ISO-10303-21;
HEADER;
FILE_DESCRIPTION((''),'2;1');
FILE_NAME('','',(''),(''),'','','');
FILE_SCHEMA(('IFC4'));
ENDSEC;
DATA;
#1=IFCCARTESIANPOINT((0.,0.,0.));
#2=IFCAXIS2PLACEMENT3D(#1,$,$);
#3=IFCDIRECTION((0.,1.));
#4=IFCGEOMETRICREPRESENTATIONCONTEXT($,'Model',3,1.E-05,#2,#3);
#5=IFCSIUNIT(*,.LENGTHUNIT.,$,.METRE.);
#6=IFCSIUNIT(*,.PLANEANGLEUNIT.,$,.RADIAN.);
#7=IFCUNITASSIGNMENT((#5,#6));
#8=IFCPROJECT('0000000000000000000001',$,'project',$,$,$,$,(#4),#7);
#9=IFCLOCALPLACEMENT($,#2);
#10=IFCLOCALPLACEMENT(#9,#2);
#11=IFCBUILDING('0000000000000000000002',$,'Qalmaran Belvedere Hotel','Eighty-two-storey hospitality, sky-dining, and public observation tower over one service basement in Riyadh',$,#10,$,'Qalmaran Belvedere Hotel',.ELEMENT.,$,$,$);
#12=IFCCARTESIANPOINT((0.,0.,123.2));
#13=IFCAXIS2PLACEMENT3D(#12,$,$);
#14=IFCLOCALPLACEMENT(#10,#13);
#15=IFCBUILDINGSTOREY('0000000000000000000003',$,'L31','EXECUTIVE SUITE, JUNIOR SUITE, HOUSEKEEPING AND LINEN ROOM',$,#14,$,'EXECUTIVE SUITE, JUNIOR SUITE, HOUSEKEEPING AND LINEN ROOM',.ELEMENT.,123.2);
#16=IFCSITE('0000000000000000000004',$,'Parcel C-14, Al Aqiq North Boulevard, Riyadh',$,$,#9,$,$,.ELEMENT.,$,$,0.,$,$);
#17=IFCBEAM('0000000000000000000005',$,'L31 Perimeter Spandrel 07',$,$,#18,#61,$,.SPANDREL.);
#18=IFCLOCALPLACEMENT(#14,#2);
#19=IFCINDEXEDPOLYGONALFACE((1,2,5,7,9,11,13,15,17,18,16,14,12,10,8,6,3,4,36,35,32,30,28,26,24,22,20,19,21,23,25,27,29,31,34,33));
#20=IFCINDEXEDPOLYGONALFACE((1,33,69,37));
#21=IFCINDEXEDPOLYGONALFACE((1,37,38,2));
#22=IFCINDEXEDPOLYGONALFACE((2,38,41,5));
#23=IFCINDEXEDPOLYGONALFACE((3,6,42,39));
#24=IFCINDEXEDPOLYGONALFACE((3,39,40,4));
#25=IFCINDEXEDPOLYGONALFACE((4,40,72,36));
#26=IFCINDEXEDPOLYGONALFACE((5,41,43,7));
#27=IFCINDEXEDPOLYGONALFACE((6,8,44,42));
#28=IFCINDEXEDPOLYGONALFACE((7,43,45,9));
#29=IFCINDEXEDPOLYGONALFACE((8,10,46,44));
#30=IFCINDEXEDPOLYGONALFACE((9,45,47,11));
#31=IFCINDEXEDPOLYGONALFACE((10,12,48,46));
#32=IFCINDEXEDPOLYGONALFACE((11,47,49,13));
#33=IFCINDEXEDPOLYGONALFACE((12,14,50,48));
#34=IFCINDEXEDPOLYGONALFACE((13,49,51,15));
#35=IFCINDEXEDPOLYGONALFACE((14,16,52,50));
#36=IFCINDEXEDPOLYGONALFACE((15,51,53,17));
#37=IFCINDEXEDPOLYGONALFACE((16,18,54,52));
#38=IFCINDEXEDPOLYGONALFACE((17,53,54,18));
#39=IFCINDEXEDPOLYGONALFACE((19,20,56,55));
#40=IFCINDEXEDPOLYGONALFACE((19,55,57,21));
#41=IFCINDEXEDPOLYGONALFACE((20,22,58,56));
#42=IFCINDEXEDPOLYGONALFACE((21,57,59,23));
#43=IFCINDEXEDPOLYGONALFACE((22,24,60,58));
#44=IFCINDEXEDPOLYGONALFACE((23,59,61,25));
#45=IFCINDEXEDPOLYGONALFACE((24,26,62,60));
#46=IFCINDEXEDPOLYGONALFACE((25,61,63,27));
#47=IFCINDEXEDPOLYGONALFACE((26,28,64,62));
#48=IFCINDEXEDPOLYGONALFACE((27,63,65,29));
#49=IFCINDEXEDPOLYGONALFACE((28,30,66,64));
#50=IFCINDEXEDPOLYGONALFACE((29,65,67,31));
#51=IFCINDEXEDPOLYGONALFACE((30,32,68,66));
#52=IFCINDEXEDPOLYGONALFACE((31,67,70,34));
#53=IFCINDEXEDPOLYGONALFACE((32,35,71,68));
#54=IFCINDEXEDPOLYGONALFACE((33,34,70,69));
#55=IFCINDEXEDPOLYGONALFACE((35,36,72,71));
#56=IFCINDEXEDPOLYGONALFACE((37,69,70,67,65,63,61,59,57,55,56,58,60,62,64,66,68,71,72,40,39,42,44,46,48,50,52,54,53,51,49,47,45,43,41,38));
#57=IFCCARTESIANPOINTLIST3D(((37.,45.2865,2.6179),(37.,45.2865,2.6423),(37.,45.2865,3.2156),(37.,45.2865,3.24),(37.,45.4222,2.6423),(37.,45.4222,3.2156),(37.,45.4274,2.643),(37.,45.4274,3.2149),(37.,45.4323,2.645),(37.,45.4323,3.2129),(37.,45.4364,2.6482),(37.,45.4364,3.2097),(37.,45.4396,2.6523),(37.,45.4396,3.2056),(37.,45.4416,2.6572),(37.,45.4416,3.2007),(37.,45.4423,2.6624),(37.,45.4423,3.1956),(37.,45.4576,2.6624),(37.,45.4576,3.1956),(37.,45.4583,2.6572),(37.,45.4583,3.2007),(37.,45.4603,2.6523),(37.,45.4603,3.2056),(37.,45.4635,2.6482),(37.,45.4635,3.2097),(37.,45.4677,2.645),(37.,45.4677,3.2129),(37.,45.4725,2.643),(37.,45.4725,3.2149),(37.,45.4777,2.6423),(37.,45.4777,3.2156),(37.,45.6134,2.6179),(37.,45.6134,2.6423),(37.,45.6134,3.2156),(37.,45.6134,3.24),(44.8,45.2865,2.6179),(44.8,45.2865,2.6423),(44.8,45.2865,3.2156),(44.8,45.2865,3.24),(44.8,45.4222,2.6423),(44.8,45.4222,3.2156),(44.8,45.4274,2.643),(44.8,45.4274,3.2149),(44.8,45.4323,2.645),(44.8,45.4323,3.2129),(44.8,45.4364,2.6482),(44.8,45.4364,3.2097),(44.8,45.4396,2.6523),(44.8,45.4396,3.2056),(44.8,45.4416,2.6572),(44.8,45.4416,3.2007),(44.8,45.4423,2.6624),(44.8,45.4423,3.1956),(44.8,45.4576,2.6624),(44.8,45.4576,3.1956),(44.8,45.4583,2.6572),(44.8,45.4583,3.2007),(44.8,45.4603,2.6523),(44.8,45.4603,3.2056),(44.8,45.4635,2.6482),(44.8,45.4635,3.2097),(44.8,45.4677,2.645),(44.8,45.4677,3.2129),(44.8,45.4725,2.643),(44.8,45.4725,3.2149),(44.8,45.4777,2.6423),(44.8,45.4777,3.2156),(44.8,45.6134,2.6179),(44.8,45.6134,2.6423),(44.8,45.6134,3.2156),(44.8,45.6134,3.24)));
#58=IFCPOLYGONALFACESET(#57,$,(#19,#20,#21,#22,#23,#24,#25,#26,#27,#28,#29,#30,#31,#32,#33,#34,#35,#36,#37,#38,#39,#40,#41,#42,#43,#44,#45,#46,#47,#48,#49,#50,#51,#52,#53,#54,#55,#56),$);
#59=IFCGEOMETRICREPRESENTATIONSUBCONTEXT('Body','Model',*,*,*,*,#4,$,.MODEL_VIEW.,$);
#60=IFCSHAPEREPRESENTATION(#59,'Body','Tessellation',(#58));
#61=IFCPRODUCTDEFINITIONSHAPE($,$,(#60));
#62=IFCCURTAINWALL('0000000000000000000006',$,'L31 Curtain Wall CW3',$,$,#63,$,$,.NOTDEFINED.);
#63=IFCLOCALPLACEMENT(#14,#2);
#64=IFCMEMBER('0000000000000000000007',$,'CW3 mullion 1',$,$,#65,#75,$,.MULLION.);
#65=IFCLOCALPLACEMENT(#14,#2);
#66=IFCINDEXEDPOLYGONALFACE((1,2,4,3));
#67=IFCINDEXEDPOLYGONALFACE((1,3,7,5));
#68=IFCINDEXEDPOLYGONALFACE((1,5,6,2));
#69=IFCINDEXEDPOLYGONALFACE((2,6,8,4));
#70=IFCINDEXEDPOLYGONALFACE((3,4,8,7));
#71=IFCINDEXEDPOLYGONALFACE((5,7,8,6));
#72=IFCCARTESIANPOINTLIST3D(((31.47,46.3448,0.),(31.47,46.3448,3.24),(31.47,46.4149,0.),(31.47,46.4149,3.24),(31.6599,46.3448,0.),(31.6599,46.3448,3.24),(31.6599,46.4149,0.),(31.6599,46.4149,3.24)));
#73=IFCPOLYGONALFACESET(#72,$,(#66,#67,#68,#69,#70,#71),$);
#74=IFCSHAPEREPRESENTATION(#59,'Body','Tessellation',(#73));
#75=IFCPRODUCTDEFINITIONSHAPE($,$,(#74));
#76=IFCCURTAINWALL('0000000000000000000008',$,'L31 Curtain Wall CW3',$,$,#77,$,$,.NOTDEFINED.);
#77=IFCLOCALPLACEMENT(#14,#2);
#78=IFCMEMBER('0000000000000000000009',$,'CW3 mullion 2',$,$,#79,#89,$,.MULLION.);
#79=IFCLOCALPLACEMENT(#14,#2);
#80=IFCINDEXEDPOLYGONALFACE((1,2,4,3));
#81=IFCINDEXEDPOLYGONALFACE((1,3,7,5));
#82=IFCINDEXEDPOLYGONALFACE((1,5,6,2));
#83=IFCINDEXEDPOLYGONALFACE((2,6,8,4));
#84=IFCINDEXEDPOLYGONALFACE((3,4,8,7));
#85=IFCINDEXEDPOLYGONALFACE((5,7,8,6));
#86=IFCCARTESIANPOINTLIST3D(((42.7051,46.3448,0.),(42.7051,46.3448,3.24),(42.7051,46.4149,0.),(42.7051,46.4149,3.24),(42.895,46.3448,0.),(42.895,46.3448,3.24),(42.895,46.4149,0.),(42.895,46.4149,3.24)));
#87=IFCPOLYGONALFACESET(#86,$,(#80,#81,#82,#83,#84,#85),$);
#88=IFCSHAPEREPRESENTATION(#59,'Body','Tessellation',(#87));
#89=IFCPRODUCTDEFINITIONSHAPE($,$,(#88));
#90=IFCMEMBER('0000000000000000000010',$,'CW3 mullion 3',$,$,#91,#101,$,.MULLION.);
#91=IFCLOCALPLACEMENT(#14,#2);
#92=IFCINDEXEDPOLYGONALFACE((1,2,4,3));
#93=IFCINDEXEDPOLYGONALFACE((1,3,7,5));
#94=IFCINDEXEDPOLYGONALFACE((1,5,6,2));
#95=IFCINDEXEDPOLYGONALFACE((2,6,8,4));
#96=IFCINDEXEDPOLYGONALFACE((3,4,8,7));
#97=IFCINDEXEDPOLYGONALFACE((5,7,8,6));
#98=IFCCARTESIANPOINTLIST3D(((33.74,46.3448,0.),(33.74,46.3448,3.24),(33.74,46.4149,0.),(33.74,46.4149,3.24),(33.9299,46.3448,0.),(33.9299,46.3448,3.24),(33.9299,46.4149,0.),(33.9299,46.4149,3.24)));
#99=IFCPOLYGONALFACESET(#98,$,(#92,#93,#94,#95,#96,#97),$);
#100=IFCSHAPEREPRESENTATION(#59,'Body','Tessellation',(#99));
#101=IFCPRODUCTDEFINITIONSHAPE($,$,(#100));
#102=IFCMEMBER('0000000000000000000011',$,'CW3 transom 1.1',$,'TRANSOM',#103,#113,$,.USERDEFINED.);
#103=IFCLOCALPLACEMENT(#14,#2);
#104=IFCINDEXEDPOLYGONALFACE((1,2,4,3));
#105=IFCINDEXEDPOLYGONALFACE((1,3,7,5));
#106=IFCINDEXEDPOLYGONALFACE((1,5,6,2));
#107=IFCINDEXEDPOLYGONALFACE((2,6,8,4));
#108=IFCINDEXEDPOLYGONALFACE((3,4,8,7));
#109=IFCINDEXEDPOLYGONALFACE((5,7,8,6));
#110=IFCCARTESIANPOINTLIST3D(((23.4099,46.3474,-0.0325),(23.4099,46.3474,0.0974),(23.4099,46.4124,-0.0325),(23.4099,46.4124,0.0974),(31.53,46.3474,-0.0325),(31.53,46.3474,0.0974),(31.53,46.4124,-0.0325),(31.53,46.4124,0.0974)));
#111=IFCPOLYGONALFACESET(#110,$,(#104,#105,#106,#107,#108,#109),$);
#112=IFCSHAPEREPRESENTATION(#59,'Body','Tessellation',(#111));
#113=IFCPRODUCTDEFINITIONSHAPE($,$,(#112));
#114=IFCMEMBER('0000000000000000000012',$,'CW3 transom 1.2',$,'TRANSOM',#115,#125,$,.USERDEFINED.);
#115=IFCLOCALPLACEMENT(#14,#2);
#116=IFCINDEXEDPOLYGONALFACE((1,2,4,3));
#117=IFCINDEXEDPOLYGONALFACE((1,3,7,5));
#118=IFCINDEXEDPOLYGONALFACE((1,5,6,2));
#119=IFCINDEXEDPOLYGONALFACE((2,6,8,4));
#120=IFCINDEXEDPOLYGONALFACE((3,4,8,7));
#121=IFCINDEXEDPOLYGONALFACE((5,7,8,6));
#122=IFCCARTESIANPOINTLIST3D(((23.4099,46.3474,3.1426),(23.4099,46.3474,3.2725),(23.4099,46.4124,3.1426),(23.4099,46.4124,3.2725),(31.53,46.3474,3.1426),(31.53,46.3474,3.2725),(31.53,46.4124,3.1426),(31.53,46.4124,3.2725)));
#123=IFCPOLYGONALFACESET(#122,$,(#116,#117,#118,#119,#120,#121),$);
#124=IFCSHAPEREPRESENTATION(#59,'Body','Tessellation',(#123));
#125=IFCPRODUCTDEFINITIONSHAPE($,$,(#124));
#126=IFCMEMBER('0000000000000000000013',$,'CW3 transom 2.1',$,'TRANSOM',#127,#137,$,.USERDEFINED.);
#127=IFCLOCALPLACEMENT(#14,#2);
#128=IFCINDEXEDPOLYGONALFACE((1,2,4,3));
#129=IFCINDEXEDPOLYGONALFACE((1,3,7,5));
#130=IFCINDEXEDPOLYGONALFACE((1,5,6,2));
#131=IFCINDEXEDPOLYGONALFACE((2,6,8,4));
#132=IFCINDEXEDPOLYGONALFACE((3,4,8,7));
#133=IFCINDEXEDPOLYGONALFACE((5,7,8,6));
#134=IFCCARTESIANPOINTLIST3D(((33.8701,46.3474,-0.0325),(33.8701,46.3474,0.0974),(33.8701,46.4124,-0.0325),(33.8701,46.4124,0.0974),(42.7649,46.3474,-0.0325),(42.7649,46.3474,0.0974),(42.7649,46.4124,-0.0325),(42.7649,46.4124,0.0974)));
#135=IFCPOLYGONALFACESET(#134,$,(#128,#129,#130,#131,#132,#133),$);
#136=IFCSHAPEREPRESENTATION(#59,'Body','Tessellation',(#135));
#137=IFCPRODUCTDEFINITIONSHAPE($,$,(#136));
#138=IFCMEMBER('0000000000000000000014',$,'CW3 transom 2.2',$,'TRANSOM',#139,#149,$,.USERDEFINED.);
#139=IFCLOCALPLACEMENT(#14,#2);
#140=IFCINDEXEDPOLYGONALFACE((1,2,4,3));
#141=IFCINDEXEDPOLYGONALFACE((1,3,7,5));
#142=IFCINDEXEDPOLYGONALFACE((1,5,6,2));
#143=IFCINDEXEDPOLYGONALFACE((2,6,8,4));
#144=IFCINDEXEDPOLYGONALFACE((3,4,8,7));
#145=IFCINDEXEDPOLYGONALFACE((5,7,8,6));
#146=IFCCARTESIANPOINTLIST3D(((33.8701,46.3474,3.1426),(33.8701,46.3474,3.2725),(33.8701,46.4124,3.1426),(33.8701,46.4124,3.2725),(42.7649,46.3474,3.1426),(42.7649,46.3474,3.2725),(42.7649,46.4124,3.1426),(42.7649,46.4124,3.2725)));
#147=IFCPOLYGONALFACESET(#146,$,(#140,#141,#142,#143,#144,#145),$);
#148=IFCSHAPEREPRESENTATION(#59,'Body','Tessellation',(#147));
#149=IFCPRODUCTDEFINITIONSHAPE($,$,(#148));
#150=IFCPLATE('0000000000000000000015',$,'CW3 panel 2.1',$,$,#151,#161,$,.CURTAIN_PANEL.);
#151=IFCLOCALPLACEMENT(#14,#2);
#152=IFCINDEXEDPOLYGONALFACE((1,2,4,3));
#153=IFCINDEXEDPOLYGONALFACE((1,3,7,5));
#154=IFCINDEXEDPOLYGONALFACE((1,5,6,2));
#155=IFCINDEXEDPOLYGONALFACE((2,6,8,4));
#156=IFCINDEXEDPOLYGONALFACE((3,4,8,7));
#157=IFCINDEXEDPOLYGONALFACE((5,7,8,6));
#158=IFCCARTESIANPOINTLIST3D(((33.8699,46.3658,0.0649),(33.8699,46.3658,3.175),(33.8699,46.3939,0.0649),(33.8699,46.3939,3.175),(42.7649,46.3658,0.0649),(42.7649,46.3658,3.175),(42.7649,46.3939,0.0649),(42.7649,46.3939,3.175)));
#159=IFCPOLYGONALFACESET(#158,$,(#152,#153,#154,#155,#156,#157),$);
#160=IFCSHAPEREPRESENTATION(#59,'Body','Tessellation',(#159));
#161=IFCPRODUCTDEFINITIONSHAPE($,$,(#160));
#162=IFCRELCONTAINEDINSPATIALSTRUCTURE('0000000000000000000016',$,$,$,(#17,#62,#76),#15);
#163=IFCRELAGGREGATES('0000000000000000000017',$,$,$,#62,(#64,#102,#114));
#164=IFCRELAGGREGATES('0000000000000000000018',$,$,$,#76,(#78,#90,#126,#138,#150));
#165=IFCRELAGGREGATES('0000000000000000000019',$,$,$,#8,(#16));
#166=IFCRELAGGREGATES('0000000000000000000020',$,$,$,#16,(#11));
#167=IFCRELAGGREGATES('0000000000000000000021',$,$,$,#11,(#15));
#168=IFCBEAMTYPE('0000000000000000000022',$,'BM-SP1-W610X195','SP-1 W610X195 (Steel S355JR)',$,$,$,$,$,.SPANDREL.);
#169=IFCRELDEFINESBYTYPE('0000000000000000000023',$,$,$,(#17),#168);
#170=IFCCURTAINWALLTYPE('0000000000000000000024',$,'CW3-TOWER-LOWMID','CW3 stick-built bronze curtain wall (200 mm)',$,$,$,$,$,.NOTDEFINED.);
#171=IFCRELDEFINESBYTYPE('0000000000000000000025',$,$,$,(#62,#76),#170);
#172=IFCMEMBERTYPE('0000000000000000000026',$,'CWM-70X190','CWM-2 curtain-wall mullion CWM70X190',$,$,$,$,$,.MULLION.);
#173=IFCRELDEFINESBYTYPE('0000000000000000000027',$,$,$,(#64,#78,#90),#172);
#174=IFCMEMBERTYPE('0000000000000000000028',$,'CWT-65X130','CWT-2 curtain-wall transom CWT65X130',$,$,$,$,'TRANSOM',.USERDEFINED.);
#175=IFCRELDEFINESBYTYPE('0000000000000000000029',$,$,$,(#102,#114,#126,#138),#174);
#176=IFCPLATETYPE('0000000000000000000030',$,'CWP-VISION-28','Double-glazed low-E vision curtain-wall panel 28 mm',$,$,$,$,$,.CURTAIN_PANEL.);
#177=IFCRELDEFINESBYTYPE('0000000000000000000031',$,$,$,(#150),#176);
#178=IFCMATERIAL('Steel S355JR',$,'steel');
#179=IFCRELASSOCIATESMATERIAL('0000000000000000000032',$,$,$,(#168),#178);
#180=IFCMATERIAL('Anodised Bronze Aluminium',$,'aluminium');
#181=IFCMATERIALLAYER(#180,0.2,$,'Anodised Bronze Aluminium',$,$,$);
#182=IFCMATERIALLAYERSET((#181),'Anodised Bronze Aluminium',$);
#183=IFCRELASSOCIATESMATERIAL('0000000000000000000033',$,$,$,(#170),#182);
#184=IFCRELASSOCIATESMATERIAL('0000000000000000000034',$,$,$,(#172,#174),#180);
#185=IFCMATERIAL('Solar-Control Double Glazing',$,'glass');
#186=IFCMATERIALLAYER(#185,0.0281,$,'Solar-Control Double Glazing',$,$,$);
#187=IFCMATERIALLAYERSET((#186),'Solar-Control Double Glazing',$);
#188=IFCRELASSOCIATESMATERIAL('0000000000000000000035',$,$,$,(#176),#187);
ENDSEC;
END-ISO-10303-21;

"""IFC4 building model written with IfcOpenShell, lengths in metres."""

from ifc_helpers import new_model, si_unit, direction, frame, origin, origin_2d, place, context, subcontext, project, spatial, rectangle, i_section, extrude, material, layer, layer_set, material_profile, profile_set, type_object, element, aggregate, save


model = new_model("IFC4")

# Units and contexts
model_context = context("Model", 3, precision=1e-05, world=origin(), true_north=direction((0.0, 1.0)))
body_context = subcontext(model_context, "Body", "Model", "MODEL_VIEW")
ifc_project = project(units=[si_unit("LENGTHUNIT", "METRE"), si_unit("PLANEANGLEUNIT", "RADIAN")], contexts=[model_context])

# Site, building, storey
site_placement = place(None, origin())
site = spatial("IfcSite", under=ifc_project, at=site_placement, Name="Parcel C-14, Al Aqiq North Boulevard, Riyadh", CompositionType="ELEMENT", RefElevation=0.0)
building_placement = place(site_placement, origin())
building = spatial("IfcBuilding", under=site, at=building_placement, Name="Qalmaran Belvedere Hotel", Description="Eighty-two-storey hospitality, sky-dining, and public observation tower over one service basement in Riyadh", LongName="Qalmaran Belvedere Hotel", CompositionType="ELEMENT")
storey_placement = place(building_placement, frame((0.0, 0.0, 123.2)))
storey = spatial("IfcBuildingStorey", under=building, at=storey_placement, Name="L31", Description="EXECUTIVE SUITE, JUNIOR SUITE, HOUSEKEEPING AND LINEN ROOM", LongName="EXECUTIVE SUITE, JUNIOR SUITE, HOUSEKEEPING AND LINEN ROOM", CompositionType="ELEMENT", Elevation=123.2)

# Beam
ifc_material_1 = material(Name="Steel S355JR", Category="steel")
ifc_material_profile_1 = material_profile(ifc_material_1, i_section(OverallWidth=0.3269, OverallDepth=0.6221, WebThickness=0.0154, FlangeThickness=0.0244, FilletRadius=0.02, at=origin_2d()), Name="W610X195")
ifc_profile_set_1 = profile_set([ifc_material_profile_1], Name="Steel S355JR")
beam_type_1 = type_object("IfcBeamType", Name="BM-SP1-W610X195", Description="SP-1 W610X195 (Steel S355JR)", PredefinedType="SPANDREL", material=ifc_profile_set_1)
beam_placement = place(storey_placement, frame((37.0, 45.45, 2.929), z_axis=(1.0, 0.0, 0.0), x_axis=(0.0, 1.0, 0.0)))
element("IfcBeam", 1, at=beam_placement, inside=storey, type_object=beam_type_1, Name="L31 Perimeter Spandrel 07", PredefinedType="SPANDREL", context=body_context, shape_type="SweptSolid", body=[
    extrude(i_section(OverallWidth=0.3269, OverallDepth=0.6221, WebThickness=0.0154, FlangeThickness=0.0244, FilletRadius=0.02, at=origin_2d()), origin(), (0.0, 0.0, 1.0), 7.8),
])

# Curtain wall, member
ifc_material_2 = material(Name="Anodised Bronze Aluminium", Category="aluminium")
ifc_layer_1 = layer(ifc_material_2, 0.2, Name="Anodised Bronze Aluminium")
ifc_layer_set_1 = layer_set([ifc_layer_1], Name="Anodised Bronze Aluminium")
curtain_wall_type = type_object("IfcCurtainWallType", Name="CW3-TOWER-LOWMID", Description="CW3 stick-built bronze curtain wall (200 mm)", PredefinedType="NOTDEFINED", material=ifc_layer_set_1)
curtain_wall_1_placement = place(storey_placement, origin())
curtain_wall_1 = element("IfcCurtainWall", 2, at=curtain_wall_1_placement, inside=storey, type_object=curtain_wall_type, Name="L31 Curtain Wall CW3", PredefinedType="NOTDEFINED")
ifc_material_profile_2 = material_profile(ifc_material_2, rectangle(XDim=0.0701, YDim=0.1899, at=origin_2d()), Name="CWM70X190")
ifc_profile_set_2 = profile_set([ifc_material_profile_2], Name="Anodised Bronze Aluminium")
member_type_1 = type_object("IfcMemberType", Name="CWM-70X190", Description="CWM-2 curtain-wall mullion CWM70X190", PredefinedType="MULLION", material=ifc_profile_set_2)
member_1_placement = place(storey_placement, frame((31.5649, 46.3799, 0.0), z_axis=(0.0, 0.0, 1.0), x_axis=(0.0, -1.0, 0.0)))
member_1 = element("IfcMember", 3, at=member_1_placement, type_object=member_type_1, Name="CW3 mullion 1", PredefinedType="MULLION", context=body_context, shape_type="SweptSolid", body=[
    extrude(rectangle(XDim=0.0701, YDim=0.1899, at=origin_2d()), origin(), (0.0, 0.0, 1.0), 3.24),
])

# Curtain wall, members
curtain_wall_2_placement = place(storey_placement, origin())
curtain_wall_2 = element("IfcCurtainWall", 4, at=curtain_wall_2_placement, inside=storey, type_object=curtain_wall_type, Name="L31 Curtain Wall CW3", PredefinedType="NOTDEFINED")
member_2_placement = place(storey_placement, frame((42.8, 46.3799, 0.0), z_axis=(0.0, 0.0, 1.0), x_axis=(0.0, -1.0, 0.0)))
member_2 = element("IfcMember", 5, at=member_2_placement, type_object=member_type_1, Name="CW3 mullion 2", PredefinedType="MULLION", context=body_context, shape_type="SweptSolid", body=[
    extrude(rectangle(XDim=0.0701, YDim=0.1899, at=origin_2d()), origin(), (0.0, 0.0, 1.0), 3.24),
])
member_3_placement = place(storey_placement, frame((33.835, 46.3799, 0.0), z_axis=(0.0, 0.0, 1.0), x_axis=(0.0, -1.0, 0.0)))
member_3 = element("IfcMember", 6, at=member_3_placement, type_object=member_type_1, Name="CW3 mullion 3", PredefinedType="MULLION", context=body_context, shape_type="SweptSolid", body=[
    extrude(rectangle(XDim=0.0701, YDim=0.1899, at=origin_2d()), origin(), (0.0, 0.0, 1.0), 3.24),
])

# Members
ifc_material_profile_3 = material_profile(ifc_material_2, rectangle(XDim=0.0649, YDim=0.1299, at=origin_2d()), Name="CWT65X130")
ifc_profile_set_3 = profile_set([ifc_material_profile_3], Name="Anodised Bronze Aluminium")
member_type_2 = type_object("IfcMemberType", Name="CWT-65X130", Description="CWT-2 curtain-wall transom CWT65X130", ElementType="TRANSOM", PredefinedType="USERDEFINED", material=ifc_profile_set_3)
member_4_placement = place(storey_placement, frame((31.53, 46.3799, 0.0325), z_axis=(-1.0, 0.0, 0.0), x_axis=(0.0, -1.0, 0.0)))
member_4 = element("IfcMember", 7, at=member_4_placement, type_object=member_type_2, Name="CW3 transom 1.1", ObjectType="TRANSOM", PredefinedType="USERDEFINED", context=body_context, shape_type="SweptSolid", body=[
    extrude(rectangle(XDim=0.0649, YDim=0.1299, at=origin_2d()), origin(), (0.0, 0.0, 1.0), 8.1201),
])
member_5_placement = place(storey_placement, frame((31.53, 46.3799, 3.2075), z_axis=(-1.0, 0.0, 0.0), x_axis=(0.0, -1.0, 0.0)))
member_5 = element("IfcMember", 8, at=member_5_placement, type_object=member_type_2, Name="CW3 transom 1.2", ObjectType="TRANSOM", PredefinedType="USERDEFINED", context=body_context, shape_type="SweptSolid", body=[
    extrude(rectangle(XDim=0.0649, YDim=0.1299, at=origin_2d()), origin(), (0.0, 0.0, 1.0), 8.1201),
])
aggregate(curtain_wall_1, [member_1, member_4, member_5])
member_6_placement = place(storey_placement, frame((42.7649, 46.3799, 0.0325), z_axis=(-1.0, 0.0, 0.0), x_axis=(0.0, -1.0, 0.0)))
member_6 = element("IfcMember", 9, at=member_6_placement, type_object=member_type_2, Name="CW3 transom 2.1", ObjectType="TRANSOM", PredefinedType="USERDEFINED", context=body_context, shape_type="SweptSolid", body=[
    extrude(rectangle(XDim=0.0649, YDim=0.1299, at=origin_2d()), origin(), (0.0, 0.0, 1.0), 8.8948),
])
member_7_placement = place(storey_placement, frame((42.7649, 46.3799, 3.2075), z_axis=(-1.0, 0.0, 0.0), x_axis=(0.0, -1.0, 0.0)))
member_7 = element("IfcMember", 10, at=member_7_placement, type_object=member_type_2, Name="CW3 transom 2.2", ObjectType="TRANSOM", PredefinedType="USERDEFINED", context=body_context, shape_type="SweptSolid", body=[
    extrude(rectangle(XDim=0.0649, YDim=0.1299, at=origin_2d()), origin(), (0.0, 0.0, 1.0), 8.8948),
])

# Plate
ifc_material_3 = material(Name="Solar-Control Double Glazing", Category="glass")
ifc_layer_2 = layer(ifc_material_3, 0.0281, Name="Solar-Control Double Glazing")
ifc_layer_set_2 = layer_set([ifc_layer_2], Name="Solar-Control Double Glazing")
plate_type = type_object("IfcPlateType", Name="CWP-VISION-28", Description="Double-glazed low-E vision curtain-wall panel 28 mm", PredefinedType="CURTAIN_PANEL", material=ifc_layer_set_2)
plate_placement = place(storey_placement, frame((38.3174, 46.3799, 0.0649), z_axis=(0.0, 0.0, 1.0), x_axis=(-1.0, 0.0, 0.0)))
plate = element("IfcPlate", 11, at=plate_placement, type_object=plate_type, Name="CW3 panel 2.1", PredefinedType="CURTAIN_PANEL", context=body_context, shape_type="SweptSolid", body=[
    extrude(rectangle(XDim=8.895, YDim=0.0281, at=origin_2d()), origin(), (0.0, 0.0, 1.0), 3.1101),
])
aggregate(curtain_wall_2, [member_2, member_3, member_6, member_7, plate])

save(model, "model.ifc")
